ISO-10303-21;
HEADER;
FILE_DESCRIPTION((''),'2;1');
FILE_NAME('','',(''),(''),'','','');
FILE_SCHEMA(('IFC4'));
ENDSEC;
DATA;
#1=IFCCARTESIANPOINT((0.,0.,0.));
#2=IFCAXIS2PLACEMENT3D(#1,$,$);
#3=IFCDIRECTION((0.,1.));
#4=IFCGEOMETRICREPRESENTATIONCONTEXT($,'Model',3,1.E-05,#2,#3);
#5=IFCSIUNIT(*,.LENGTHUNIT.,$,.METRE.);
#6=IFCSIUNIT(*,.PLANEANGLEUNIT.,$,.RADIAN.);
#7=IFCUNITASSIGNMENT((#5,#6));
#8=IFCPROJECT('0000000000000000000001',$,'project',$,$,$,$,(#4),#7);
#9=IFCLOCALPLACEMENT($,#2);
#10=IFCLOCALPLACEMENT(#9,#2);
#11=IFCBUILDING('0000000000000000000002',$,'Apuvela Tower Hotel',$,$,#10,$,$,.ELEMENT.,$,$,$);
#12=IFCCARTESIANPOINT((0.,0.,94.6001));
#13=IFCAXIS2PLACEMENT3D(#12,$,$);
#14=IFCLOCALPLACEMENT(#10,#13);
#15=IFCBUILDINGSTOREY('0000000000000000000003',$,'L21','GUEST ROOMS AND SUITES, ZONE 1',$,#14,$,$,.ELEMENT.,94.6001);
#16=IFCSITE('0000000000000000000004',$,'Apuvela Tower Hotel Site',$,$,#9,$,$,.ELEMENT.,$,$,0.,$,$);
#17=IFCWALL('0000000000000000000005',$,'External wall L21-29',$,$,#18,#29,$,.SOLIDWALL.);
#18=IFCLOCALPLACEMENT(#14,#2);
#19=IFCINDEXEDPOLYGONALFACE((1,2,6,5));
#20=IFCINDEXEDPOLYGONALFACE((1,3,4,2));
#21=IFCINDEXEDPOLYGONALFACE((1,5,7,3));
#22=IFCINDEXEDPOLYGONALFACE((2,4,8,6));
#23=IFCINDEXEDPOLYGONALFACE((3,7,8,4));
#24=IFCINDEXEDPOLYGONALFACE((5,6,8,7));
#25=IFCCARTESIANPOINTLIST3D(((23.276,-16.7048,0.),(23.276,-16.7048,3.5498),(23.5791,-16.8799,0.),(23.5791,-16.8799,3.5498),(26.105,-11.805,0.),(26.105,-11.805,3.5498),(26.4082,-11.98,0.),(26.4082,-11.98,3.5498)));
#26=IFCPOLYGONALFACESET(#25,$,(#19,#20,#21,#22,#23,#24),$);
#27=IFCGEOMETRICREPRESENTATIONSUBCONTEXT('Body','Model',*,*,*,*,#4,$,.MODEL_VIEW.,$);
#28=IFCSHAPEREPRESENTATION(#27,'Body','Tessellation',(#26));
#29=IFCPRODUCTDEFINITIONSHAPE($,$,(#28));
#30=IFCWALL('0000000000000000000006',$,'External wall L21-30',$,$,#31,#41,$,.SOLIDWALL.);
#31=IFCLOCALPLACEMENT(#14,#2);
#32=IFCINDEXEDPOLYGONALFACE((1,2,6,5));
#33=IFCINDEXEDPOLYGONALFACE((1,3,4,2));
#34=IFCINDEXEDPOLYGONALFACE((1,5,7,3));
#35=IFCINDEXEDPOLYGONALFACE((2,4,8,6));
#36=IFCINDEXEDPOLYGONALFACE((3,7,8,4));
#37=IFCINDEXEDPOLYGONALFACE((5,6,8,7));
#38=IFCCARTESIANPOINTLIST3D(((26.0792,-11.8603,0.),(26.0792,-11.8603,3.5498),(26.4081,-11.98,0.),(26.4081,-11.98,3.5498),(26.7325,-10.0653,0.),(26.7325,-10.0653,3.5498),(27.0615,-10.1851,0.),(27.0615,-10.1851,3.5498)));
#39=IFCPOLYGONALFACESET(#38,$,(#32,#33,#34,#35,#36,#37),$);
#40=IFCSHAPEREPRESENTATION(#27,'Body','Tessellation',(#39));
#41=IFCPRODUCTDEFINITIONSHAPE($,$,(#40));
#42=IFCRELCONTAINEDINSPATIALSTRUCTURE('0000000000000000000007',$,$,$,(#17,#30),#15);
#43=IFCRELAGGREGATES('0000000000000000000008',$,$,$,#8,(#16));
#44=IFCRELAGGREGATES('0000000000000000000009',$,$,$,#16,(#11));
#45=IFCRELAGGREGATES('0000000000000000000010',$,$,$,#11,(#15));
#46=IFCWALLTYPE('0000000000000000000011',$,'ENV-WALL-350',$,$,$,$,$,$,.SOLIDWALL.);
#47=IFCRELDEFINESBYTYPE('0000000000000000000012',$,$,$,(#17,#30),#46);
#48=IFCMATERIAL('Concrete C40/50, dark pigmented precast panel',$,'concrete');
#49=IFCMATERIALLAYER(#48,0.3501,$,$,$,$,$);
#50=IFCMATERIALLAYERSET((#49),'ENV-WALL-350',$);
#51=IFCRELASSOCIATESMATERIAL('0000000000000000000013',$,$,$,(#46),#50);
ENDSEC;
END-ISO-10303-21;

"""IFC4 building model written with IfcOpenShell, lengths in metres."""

from ifc_helpers import new_model, si_unit, direction, frame, frame_2d, origin, place, context, subcontext, project, spatial, rectangle, extrude, material, layer, layer_set, type_object, element, save


model = new_model("IFC4")

# Units and contexts
model_context = context("Model", 3, precision=1e-05, world=origin(), true_north=direction((0.0, 1.0)))
body_context = subcontext(model_context, "Body", "Model", "MODEL_VIEW")
ifc_project = project(units=[si_unit("LENGTHUNIT", "METRE"), si_unit("PLANEANGLEUNIT", "RADIAN")], contexts=[model_context])

# Site, building, storey
site_placement = place(None, origin())
site = spatial("IfcSite", under=ifc_project, at=site_placement, Name="Apuvela Tower Hotel Site", CompositionType="ELEMENT", RefElevation=0.0)
building_placement = place(site_placement, origin())
building = spatial("IfcBuilding", under=site, at=building_placement, Name="Apuvela Tower Hotel", CompositionType="ELEMENT")
storey_placement = place(building_placement, frame((0.0, 0.0, 94.6001)))
storey = spatial("IfcBuildingStorey", under=building, at=storey_placement, Name="L21", Description="GUEST ROOMS AND SUITES, ZONE 1", CompositionType="ELEMENT", Elevation=94.6001)

# Shared definitions
ifc_material_1 = material(Name="Concrete C40/50, dark pigmented precast panel", Category="concrete")
ifc_layer_1 = layer(ifc_material_1, 0.3501)
ifc_layer_set_1 = layer_set([ifc_layer_1], Name="ENV-WALL-350")
wall_type_1 = type_object("IfcWallType", Name="ENV-WALL-350", PredefinedType="SOLIDWALL", material=ifc_layer_set_1)

# Walls
wall_1_placement = place(storey_placement, frame((23.4275, -16.7925, 0.0), z_axis=(0.0, 0.0, 1.0), x_axis=(0.500019, 0.866015, 0.0)))
element("IfcWall", 1, at=wall_1_placement, inside=storey, type_object=wall_type_1, Name="External wall L21-29", PredefinedType="SOLIDWALL", context=body_context, shape_type="SweptSolid", body=[
    extrude(rectangle(XDim=5.658, YDim=0.3501, at=frame_2d((2.8291, 0.0))), origin(), (0.0, 0.0, 1.0), 3.5498),
])
wall_2_placement = place(storey_placement, frame((26.2437, -11.9202, 0.0), z_axis=(0.0, 0.0, 1.0), x_axis=(0.34203, 0.939689, 0.0)))
element("IfcWall", 2, at=wall_2_placement, inside=storey, type_object=wall_type_1, Name="External wall L21-30", PredefinedType="SOLIDWALL", context=body_context, shape_type="SweptSolid", body=[
    extrude(rectangle(XDim=1.9102, YDim=0.3501, at=frame_2d((0.9551, 0.0))), origin(), (0.0, 0.0, 1.0), 3.5498),
])

save(model, "model.ifc")
